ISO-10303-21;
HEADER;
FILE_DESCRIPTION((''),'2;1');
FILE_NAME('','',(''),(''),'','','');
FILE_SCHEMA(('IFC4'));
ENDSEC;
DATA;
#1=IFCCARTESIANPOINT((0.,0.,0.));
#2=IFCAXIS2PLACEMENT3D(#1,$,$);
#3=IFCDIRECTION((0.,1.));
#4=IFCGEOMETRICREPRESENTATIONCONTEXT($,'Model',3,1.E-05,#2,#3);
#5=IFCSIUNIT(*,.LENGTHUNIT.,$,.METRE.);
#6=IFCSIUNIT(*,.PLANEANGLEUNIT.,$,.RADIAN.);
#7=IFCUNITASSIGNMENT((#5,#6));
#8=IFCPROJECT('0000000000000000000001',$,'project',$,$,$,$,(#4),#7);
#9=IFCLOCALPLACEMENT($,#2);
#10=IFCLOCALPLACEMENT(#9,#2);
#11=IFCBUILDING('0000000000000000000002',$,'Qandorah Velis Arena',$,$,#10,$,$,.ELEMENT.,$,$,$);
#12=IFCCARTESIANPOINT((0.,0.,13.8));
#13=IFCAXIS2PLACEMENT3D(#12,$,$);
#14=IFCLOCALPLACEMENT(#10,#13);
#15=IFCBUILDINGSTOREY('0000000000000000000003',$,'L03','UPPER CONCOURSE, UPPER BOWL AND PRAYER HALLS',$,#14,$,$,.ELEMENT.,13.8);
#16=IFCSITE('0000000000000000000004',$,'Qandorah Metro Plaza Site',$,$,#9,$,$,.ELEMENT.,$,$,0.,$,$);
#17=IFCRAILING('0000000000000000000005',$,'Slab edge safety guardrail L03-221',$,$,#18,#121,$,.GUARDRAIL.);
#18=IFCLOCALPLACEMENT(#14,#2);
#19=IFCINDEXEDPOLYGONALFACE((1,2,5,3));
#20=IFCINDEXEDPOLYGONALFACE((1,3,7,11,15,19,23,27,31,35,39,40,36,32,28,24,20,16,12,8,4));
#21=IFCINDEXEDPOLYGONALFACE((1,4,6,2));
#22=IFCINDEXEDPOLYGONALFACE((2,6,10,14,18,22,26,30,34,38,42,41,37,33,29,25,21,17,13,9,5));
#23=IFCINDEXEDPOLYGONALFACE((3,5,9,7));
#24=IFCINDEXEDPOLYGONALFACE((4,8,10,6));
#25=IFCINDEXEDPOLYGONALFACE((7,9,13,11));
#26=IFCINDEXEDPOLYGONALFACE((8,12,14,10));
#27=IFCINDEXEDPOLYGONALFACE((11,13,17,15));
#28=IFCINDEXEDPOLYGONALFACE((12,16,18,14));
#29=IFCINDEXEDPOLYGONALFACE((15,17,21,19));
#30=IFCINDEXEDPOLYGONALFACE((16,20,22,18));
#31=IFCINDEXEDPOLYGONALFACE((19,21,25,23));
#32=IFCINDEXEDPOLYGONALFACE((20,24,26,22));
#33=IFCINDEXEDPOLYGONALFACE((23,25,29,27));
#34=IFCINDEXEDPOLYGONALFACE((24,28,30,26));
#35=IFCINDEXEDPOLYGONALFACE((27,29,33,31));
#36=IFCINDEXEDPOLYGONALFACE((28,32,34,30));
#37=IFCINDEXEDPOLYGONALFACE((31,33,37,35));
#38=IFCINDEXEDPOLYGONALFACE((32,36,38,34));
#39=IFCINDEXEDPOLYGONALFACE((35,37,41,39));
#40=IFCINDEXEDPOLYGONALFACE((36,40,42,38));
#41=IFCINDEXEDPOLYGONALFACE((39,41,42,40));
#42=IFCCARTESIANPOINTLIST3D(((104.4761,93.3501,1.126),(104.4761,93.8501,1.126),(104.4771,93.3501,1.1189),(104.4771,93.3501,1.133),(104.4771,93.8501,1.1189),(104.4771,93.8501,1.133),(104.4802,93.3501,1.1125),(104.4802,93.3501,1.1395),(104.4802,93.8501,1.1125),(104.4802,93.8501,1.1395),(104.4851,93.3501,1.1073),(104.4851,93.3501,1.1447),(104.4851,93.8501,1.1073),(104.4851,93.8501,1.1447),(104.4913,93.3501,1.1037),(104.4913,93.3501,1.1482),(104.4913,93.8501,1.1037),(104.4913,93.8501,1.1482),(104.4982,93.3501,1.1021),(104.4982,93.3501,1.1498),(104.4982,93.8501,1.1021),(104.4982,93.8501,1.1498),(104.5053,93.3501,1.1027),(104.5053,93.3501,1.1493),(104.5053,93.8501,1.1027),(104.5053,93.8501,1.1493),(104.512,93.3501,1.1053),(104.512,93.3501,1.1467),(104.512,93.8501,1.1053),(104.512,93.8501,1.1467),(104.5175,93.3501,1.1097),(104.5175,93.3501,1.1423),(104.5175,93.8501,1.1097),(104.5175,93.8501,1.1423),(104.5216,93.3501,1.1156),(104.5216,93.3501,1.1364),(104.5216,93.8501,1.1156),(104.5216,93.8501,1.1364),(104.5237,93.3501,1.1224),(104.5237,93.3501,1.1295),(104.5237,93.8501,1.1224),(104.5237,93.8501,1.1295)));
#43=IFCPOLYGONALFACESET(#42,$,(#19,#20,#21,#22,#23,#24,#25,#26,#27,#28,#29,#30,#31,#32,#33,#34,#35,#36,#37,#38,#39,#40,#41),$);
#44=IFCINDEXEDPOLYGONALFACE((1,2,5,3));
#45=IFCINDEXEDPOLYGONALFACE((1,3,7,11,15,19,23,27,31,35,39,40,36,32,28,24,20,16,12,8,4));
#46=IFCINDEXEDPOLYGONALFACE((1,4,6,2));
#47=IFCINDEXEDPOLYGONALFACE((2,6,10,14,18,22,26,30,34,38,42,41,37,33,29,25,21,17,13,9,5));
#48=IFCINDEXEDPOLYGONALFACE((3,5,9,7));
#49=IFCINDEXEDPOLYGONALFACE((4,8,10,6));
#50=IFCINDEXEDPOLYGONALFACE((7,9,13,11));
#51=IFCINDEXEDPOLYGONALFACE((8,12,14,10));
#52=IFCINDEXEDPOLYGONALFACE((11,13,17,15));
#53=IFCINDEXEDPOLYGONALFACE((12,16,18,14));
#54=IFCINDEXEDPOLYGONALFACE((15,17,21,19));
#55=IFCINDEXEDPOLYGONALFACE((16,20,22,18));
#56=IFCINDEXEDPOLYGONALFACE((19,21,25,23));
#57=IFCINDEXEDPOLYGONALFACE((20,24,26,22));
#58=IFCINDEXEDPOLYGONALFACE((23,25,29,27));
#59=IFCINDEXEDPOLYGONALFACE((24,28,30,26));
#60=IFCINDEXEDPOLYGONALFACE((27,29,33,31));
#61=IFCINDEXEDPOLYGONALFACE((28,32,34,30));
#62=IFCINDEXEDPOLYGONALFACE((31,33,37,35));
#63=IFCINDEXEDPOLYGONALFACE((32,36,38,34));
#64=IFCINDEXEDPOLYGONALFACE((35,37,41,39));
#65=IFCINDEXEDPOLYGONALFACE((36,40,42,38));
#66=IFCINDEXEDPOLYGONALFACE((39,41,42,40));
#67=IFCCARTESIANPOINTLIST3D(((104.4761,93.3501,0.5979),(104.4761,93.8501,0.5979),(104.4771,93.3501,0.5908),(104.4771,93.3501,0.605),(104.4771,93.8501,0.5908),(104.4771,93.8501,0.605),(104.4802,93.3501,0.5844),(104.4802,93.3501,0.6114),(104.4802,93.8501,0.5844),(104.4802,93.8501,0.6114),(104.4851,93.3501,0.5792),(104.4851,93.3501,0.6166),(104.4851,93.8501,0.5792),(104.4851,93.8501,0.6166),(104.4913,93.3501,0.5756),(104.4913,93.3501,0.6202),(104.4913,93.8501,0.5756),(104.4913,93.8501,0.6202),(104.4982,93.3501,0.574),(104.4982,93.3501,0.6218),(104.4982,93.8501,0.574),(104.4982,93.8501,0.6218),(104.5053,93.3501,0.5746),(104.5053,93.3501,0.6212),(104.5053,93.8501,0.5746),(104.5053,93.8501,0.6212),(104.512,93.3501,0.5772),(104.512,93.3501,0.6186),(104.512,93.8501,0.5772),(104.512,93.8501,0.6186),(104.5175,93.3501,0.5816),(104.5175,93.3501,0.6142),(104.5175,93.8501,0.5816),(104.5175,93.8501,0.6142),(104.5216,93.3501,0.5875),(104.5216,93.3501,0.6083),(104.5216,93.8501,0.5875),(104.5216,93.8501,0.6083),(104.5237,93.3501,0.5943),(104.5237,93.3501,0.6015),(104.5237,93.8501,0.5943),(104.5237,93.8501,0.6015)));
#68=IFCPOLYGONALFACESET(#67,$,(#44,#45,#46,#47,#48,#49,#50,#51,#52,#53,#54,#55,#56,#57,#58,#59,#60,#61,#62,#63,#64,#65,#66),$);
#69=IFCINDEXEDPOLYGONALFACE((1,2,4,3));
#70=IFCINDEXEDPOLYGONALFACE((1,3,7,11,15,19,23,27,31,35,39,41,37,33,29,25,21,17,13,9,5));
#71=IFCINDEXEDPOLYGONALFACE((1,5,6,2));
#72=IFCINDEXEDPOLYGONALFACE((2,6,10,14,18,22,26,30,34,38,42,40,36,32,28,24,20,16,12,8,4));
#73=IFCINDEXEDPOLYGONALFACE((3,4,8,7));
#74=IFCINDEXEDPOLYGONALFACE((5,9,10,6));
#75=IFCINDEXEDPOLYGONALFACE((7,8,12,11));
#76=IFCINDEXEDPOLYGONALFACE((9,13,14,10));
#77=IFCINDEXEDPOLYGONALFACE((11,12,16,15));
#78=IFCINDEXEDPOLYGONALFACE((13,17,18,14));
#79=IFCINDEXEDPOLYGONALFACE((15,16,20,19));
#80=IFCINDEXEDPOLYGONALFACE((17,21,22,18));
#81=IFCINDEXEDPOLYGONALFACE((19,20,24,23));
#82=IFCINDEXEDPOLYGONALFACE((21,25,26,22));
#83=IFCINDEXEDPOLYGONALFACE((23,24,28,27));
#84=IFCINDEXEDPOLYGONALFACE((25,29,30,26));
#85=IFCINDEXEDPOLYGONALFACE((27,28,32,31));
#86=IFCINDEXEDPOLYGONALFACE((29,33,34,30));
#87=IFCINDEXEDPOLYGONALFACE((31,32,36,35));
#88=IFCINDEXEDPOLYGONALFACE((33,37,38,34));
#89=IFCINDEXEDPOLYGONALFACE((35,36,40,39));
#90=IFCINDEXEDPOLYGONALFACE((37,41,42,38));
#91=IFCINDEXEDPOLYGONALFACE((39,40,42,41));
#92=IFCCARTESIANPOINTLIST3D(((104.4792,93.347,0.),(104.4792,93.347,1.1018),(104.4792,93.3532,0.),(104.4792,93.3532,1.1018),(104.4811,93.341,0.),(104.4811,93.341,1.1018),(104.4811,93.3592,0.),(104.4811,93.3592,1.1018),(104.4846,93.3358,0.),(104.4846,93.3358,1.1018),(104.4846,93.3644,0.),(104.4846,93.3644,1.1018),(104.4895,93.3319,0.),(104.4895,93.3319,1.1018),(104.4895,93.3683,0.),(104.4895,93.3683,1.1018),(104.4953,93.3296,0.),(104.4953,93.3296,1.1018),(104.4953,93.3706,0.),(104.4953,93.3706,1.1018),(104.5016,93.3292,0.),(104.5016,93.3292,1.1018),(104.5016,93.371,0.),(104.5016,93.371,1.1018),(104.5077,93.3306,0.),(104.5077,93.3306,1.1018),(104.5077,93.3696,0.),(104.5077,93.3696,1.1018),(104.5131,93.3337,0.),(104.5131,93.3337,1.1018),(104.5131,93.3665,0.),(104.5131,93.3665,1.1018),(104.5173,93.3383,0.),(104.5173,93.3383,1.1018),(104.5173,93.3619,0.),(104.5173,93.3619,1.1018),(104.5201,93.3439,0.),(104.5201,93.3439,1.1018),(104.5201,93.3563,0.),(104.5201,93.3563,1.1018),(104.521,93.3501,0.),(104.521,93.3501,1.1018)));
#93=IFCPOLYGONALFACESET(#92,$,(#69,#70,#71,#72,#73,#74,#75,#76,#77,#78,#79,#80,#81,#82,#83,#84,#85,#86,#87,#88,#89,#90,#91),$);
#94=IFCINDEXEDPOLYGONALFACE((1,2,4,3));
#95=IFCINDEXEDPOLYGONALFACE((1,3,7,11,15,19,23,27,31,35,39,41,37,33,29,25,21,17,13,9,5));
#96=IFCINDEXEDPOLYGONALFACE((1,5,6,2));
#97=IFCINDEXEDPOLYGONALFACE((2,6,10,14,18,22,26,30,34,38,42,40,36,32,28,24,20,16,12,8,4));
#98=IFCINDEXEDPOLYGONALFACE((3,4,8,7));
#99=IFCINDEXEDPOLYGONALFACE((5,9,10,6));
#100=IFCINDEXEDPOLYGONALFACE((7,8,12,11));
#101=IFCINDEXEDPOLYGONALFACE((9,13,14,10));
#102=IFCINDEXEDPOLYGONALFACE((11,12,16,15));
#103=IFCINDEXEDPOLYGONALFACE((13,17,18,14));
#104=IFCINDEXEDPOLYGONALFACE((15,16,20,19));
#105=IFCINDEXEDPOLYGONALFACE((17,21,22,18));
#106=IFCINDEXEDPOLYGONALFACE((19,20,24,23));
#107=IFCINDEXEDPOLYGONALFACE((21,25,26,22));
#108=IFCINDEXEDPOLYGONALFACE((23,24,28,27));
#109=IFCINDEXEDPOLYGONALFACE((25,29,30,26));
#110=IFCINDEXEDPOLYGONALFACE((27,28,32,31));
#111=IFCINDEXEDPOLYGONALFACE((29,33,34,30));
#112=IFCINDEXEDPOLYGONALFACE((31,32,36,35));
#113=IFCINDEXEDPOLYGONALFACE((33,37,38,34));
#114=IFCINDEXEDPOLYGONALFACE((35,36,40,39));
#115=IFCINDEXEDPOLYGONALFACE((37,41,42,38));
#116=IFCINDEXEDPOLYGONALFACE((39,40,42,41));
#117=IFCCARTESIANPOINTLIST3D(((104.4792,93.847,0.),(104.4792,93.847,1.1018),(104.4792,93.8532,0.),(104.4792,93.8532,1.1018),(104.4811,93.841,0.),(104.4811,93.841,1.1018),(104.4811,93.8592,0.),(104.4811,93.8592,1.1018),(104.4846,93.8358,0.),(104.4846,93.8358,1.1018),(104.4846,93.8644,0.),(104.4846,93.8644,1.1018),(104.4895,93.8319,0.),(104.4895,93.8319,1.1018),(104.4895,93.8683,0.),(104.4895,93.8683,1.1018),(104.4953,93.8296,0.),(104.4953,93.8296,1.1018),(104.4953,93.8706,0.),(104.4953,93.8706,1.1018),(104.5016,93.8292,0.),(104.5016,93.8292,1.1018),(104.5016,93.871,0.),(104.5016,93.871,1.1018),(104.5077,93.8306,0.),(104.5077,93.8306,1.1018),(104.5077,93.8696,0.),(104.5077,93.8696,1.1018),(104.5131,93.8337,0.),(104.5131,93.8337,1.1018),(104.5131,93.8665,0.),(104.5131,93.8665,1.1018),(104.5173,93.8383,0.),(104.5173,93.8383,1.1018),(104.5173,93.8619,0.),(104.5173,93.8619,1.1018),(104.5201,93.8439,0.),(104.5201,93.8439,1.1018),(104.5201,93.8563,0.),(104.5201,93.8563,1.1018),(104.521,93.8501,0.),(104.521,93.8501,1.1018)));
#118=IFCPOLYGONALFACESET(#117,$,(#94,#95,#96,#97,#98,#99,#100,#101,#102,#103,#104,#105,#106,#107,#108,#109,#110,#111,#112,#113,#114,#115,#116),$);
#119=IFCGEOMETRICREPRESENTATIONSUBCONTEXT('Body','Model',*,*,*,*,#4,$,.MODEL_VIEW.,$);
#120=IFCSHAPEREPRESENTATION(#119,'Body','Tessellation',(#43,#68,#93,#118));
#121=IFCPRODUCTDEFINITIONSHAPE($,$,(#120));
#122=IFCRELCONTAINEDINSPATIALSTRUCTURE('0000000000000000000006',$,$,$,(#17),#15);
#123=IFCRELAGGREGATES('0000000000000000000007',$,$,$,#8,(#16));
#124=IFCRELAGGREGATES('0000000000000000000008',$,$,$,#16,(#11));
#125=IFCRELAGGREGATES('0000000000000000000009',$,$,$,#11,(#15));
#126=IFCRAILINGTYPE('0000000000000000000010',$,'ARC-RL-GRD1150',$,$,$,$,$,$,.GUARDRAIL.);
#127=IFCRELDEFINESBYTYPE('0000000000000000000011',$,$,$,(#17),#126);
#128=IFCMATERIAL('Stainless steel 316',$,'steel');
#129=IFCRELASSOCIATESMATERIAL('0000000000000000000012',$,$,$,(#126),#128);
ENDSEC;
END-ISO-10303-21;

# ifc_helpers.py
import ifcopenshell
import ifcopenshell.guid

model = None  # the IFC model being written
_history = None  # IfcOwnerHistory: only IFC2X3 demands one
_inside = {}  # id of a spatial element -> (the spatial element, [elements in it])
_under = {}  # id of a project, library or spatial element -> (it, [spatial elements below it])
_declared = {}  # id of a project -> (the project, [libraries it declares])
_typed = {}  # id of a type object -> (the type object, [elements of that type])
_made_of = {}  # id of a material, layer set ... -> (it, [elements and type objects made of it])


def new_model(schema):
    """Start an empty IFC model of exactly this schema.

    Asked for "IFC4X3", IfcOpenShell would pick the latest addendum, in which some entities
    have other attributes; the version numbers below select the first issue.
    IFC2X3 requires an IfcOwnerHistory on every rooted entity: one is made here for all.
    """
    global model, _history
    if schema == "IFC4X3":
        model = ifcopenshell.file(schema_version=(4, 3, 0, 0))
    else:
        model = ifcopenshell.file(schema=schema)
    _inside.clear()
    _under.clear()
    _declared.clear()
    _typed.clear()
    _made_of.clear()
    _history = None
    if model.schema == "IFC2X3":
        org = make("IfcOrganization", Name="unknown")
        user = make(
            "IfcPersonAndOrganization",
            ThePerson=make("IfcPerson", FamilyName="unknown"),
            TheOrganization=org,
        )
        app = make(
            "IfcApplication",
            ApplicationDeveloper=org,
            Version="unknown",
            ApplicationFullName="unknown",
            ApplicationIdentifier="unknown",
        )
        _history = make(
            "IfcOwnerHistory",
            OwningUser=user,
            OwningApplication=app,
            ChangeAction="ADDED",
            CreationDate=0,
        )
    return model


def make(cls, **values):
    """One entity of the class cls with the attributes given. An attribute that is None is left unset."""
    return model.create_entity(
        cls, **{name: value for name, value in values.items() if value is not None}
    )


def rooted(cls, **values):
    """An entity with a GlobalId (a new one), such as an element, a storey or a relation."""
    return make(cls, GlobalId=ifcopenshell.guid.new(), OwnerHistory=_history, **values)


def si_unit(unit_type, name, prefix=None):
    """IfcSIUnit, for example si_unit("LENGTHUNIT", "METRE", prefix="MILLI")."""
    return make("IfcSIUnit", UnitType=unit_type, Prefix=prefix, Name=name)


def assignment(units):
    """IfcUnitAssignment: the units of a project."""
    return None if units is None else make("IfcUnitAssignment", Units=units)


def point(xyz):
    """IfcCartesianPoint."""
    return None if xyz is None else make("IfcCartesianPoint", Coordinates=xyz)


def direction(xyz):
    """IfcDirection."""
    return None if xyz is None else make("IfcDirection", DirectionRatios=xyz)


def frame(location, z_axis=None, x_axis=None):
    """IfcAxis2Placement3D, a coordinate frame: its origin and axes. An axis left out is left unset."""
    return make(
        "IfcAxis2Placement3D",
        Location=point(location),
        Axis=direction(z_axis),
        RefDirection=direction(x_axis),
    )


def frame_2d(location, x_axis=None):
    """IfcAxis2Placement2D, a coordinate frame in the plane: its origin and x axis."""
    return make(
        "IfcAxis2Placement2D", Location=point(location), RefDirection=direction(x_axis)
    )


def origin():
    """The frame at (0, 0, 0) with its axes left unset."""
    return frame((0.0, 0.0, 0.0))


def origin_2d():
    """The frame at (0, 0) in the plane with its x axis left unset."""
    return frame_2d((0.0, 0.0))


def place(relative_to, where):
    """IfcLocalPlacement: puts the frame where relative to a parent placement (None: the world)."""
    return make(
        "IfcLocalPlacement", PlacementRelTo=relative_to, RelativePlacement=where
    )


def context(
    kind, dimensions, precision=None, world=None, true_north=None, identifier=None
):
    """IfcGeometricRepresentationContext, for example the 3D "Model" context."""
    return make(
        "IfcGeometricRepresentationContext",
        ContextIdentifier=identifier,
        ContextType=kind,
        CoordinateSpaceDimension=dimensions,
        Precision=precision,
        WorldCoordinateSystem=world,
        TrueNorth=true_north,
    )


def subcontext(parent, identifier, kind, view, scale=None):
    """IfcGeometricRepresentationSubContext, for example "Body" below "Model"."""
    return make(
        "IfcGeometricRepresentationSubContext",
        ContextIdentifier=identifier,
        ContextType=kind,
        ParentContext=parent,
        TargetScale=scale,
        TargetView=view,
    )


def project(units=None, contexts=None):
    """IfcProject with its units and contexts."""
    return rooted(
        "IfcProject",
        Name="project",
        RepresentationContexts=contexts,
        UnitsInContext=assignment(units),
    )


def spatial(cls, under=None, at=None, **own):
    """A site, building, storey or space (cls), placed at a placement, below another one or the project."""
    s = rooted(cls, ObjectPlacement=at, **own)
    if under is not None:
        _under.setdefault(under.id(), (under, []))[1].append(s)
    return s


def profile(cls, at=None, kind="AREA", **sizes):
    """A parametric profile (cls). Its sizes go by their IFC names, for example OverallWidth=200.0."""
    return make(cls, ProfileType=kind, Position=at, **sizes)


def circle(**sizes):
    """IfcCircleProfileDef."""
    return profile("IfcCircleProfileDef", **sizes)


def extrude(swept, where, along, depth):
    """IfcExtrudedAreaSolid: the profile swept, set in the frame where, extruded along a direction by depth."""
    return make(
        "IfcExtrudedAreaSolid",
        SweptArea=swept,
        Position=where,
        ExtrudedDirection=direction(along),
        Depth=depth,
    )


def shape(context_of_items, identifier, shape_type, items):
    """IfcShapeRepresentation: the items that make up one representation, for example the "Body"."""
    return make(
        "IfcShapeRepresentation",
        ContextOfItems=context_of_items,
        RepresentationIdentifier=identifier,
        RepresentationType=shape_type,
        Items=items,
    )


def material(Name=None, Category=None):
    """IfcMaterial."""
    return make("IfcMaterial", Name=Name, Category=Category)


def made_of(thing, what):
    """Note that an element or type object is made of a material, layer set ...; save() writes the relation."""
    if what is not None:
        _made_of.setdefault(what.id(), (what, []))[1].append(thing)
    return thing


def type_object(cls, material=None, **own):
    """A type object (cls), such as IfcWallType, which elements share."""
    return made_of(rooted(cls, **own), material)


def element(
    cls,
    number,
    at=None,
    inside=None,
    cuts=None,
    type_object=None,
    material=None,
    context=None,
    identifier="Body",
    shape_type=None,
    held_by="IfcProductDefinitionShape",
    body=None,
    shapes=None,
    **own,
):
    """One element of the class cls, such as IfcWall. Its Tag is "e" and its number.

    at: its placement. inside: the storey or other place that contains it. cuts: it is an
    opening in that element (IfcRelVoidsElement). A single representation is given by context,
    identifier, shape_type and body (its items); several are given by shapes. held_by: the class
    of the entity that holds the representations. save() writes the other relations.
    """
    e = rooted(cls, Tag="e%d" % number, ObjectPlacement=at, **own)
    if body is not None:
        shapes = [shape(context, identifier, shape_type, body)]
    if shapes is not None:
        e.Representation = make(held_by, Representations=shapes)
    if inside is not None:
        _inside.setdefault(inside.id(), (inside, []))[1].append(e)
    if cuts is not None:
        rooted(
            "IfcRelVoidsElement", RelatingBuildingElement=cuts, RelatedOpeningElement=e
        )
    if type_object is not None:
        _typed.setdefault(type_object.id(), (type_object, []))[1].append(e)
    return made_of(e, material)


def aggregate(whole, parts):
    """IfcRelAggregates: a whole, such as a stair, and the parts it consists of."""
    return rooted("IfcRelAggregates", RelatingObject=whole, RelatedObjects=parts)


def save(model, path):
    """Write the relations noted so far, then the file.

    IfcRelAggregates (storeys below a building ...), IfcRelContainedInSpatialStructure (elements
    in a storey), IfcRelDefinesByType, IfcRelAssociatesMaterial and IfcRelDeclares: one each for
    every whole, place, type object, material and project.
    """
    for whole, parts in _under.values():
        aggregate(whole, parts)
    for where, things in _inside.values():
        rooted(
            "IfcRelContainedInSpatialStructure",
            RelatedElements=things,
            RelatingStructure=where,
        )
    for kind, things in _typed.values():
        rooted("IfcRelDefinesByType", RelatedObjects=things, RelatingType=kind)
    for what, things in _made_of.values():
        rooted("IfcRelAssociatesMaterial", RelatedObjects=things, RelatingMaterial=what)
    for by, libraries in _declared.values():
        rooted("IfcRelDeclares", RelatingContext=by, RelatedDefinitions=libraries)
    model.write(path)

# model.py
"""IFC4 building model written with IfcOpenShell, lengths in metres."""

from ifc_helpers import new_model, si_unit, direction, frame, origin, origin_2d, place, context, subcontext, project, spatial, circle, extrude, material, type_object, element, save


model = new_model("IFC4")

# Units and contexts
model_context = context("Model", 3, precision=1e-05, world=origin(), true_north=direction((0.0, 1.0)))
body_context = subcontext(model_context, "Body", "Model", "MODEL_VIEW")
ifc_project = project(units=[si_unit("LENGTHUNIT", "METRE"), si_unit("PLANEANGLEUNIT", "RADIAN")], contexts=[model_context])

# Site, building, storey
site_placement = place(None, origin())
site = spatial("IfcSite", under=ifc_project, at=site_placement, Name="Qandorah Metro Plaza Site", CompositionType="ELEMENT", RefElevation=0.0)
building_placement = place(site_placement, origin())
building = spatial("IfcBuilding", under=site, at=building_placement, Name="Qandorah Velis Arena", CompositionType="ELEMENT")
storey_placement = place(building_placement, frame((0.0, 0.0, 13.8)))
storey = spatial("IfcBuildingStorey", under=building, at=storey_placement, Name="L03", Description="UPPER CONCOURSE, UPPER BOWL AND PRAYER HALLS", CompositionType="ELEMENT", Elevation=13.8)

# Railing
ifc_material_1 = material(Name="Stainless steel 316", Category="steel")
railing_type = type_object("IfcRailingType", Name="ARC-RL-GRD1150", PredefinedType="GUARDRAIL", material=ifc_material_1)
railing_1_placement = place(storey_placement, frame((104.5, 93.3501, 0.0)))
element("IfcRailing", 1, at=railing_1_placement, inside=storey, type_object=railing_type, Name="Slab edge safety guardrail L03-221", PredefinedType="GUARDRAIL", context=body_context, shape_type="SweptSolid", body=[
    extrude(circle(Radius=0.0239, at=origin_2d()), frame((0.0, 0.0, 1.126), z_axis=(0.0, 1.0, 0.0), x_axis=(-1.0, 0.0, 0.0)), (0.0, 0.0, 1.0), 0.5),
    extrude(circle(Radius=0.0239, at=origin_2d()), frame((0.0, 0.0, 0.5979), z_axis=(0.0, 1.0, 0.0), x_axis=(-1.0, 0.0, 0.0)), (0.0, 0.0, 1.0), 0.5),
    extrude(circle(Radius=0.021, at=origin_2d()), origin(), (0.0, 0.0, 1.0), 1.1018),
    extrude(circle(Radius=0.021, at=origin_2d()), frame((0.0, 0.5, 0.0)), (0.0, 0.0, 1.0), 1.1018),
])

save(model, "model.ifc")
